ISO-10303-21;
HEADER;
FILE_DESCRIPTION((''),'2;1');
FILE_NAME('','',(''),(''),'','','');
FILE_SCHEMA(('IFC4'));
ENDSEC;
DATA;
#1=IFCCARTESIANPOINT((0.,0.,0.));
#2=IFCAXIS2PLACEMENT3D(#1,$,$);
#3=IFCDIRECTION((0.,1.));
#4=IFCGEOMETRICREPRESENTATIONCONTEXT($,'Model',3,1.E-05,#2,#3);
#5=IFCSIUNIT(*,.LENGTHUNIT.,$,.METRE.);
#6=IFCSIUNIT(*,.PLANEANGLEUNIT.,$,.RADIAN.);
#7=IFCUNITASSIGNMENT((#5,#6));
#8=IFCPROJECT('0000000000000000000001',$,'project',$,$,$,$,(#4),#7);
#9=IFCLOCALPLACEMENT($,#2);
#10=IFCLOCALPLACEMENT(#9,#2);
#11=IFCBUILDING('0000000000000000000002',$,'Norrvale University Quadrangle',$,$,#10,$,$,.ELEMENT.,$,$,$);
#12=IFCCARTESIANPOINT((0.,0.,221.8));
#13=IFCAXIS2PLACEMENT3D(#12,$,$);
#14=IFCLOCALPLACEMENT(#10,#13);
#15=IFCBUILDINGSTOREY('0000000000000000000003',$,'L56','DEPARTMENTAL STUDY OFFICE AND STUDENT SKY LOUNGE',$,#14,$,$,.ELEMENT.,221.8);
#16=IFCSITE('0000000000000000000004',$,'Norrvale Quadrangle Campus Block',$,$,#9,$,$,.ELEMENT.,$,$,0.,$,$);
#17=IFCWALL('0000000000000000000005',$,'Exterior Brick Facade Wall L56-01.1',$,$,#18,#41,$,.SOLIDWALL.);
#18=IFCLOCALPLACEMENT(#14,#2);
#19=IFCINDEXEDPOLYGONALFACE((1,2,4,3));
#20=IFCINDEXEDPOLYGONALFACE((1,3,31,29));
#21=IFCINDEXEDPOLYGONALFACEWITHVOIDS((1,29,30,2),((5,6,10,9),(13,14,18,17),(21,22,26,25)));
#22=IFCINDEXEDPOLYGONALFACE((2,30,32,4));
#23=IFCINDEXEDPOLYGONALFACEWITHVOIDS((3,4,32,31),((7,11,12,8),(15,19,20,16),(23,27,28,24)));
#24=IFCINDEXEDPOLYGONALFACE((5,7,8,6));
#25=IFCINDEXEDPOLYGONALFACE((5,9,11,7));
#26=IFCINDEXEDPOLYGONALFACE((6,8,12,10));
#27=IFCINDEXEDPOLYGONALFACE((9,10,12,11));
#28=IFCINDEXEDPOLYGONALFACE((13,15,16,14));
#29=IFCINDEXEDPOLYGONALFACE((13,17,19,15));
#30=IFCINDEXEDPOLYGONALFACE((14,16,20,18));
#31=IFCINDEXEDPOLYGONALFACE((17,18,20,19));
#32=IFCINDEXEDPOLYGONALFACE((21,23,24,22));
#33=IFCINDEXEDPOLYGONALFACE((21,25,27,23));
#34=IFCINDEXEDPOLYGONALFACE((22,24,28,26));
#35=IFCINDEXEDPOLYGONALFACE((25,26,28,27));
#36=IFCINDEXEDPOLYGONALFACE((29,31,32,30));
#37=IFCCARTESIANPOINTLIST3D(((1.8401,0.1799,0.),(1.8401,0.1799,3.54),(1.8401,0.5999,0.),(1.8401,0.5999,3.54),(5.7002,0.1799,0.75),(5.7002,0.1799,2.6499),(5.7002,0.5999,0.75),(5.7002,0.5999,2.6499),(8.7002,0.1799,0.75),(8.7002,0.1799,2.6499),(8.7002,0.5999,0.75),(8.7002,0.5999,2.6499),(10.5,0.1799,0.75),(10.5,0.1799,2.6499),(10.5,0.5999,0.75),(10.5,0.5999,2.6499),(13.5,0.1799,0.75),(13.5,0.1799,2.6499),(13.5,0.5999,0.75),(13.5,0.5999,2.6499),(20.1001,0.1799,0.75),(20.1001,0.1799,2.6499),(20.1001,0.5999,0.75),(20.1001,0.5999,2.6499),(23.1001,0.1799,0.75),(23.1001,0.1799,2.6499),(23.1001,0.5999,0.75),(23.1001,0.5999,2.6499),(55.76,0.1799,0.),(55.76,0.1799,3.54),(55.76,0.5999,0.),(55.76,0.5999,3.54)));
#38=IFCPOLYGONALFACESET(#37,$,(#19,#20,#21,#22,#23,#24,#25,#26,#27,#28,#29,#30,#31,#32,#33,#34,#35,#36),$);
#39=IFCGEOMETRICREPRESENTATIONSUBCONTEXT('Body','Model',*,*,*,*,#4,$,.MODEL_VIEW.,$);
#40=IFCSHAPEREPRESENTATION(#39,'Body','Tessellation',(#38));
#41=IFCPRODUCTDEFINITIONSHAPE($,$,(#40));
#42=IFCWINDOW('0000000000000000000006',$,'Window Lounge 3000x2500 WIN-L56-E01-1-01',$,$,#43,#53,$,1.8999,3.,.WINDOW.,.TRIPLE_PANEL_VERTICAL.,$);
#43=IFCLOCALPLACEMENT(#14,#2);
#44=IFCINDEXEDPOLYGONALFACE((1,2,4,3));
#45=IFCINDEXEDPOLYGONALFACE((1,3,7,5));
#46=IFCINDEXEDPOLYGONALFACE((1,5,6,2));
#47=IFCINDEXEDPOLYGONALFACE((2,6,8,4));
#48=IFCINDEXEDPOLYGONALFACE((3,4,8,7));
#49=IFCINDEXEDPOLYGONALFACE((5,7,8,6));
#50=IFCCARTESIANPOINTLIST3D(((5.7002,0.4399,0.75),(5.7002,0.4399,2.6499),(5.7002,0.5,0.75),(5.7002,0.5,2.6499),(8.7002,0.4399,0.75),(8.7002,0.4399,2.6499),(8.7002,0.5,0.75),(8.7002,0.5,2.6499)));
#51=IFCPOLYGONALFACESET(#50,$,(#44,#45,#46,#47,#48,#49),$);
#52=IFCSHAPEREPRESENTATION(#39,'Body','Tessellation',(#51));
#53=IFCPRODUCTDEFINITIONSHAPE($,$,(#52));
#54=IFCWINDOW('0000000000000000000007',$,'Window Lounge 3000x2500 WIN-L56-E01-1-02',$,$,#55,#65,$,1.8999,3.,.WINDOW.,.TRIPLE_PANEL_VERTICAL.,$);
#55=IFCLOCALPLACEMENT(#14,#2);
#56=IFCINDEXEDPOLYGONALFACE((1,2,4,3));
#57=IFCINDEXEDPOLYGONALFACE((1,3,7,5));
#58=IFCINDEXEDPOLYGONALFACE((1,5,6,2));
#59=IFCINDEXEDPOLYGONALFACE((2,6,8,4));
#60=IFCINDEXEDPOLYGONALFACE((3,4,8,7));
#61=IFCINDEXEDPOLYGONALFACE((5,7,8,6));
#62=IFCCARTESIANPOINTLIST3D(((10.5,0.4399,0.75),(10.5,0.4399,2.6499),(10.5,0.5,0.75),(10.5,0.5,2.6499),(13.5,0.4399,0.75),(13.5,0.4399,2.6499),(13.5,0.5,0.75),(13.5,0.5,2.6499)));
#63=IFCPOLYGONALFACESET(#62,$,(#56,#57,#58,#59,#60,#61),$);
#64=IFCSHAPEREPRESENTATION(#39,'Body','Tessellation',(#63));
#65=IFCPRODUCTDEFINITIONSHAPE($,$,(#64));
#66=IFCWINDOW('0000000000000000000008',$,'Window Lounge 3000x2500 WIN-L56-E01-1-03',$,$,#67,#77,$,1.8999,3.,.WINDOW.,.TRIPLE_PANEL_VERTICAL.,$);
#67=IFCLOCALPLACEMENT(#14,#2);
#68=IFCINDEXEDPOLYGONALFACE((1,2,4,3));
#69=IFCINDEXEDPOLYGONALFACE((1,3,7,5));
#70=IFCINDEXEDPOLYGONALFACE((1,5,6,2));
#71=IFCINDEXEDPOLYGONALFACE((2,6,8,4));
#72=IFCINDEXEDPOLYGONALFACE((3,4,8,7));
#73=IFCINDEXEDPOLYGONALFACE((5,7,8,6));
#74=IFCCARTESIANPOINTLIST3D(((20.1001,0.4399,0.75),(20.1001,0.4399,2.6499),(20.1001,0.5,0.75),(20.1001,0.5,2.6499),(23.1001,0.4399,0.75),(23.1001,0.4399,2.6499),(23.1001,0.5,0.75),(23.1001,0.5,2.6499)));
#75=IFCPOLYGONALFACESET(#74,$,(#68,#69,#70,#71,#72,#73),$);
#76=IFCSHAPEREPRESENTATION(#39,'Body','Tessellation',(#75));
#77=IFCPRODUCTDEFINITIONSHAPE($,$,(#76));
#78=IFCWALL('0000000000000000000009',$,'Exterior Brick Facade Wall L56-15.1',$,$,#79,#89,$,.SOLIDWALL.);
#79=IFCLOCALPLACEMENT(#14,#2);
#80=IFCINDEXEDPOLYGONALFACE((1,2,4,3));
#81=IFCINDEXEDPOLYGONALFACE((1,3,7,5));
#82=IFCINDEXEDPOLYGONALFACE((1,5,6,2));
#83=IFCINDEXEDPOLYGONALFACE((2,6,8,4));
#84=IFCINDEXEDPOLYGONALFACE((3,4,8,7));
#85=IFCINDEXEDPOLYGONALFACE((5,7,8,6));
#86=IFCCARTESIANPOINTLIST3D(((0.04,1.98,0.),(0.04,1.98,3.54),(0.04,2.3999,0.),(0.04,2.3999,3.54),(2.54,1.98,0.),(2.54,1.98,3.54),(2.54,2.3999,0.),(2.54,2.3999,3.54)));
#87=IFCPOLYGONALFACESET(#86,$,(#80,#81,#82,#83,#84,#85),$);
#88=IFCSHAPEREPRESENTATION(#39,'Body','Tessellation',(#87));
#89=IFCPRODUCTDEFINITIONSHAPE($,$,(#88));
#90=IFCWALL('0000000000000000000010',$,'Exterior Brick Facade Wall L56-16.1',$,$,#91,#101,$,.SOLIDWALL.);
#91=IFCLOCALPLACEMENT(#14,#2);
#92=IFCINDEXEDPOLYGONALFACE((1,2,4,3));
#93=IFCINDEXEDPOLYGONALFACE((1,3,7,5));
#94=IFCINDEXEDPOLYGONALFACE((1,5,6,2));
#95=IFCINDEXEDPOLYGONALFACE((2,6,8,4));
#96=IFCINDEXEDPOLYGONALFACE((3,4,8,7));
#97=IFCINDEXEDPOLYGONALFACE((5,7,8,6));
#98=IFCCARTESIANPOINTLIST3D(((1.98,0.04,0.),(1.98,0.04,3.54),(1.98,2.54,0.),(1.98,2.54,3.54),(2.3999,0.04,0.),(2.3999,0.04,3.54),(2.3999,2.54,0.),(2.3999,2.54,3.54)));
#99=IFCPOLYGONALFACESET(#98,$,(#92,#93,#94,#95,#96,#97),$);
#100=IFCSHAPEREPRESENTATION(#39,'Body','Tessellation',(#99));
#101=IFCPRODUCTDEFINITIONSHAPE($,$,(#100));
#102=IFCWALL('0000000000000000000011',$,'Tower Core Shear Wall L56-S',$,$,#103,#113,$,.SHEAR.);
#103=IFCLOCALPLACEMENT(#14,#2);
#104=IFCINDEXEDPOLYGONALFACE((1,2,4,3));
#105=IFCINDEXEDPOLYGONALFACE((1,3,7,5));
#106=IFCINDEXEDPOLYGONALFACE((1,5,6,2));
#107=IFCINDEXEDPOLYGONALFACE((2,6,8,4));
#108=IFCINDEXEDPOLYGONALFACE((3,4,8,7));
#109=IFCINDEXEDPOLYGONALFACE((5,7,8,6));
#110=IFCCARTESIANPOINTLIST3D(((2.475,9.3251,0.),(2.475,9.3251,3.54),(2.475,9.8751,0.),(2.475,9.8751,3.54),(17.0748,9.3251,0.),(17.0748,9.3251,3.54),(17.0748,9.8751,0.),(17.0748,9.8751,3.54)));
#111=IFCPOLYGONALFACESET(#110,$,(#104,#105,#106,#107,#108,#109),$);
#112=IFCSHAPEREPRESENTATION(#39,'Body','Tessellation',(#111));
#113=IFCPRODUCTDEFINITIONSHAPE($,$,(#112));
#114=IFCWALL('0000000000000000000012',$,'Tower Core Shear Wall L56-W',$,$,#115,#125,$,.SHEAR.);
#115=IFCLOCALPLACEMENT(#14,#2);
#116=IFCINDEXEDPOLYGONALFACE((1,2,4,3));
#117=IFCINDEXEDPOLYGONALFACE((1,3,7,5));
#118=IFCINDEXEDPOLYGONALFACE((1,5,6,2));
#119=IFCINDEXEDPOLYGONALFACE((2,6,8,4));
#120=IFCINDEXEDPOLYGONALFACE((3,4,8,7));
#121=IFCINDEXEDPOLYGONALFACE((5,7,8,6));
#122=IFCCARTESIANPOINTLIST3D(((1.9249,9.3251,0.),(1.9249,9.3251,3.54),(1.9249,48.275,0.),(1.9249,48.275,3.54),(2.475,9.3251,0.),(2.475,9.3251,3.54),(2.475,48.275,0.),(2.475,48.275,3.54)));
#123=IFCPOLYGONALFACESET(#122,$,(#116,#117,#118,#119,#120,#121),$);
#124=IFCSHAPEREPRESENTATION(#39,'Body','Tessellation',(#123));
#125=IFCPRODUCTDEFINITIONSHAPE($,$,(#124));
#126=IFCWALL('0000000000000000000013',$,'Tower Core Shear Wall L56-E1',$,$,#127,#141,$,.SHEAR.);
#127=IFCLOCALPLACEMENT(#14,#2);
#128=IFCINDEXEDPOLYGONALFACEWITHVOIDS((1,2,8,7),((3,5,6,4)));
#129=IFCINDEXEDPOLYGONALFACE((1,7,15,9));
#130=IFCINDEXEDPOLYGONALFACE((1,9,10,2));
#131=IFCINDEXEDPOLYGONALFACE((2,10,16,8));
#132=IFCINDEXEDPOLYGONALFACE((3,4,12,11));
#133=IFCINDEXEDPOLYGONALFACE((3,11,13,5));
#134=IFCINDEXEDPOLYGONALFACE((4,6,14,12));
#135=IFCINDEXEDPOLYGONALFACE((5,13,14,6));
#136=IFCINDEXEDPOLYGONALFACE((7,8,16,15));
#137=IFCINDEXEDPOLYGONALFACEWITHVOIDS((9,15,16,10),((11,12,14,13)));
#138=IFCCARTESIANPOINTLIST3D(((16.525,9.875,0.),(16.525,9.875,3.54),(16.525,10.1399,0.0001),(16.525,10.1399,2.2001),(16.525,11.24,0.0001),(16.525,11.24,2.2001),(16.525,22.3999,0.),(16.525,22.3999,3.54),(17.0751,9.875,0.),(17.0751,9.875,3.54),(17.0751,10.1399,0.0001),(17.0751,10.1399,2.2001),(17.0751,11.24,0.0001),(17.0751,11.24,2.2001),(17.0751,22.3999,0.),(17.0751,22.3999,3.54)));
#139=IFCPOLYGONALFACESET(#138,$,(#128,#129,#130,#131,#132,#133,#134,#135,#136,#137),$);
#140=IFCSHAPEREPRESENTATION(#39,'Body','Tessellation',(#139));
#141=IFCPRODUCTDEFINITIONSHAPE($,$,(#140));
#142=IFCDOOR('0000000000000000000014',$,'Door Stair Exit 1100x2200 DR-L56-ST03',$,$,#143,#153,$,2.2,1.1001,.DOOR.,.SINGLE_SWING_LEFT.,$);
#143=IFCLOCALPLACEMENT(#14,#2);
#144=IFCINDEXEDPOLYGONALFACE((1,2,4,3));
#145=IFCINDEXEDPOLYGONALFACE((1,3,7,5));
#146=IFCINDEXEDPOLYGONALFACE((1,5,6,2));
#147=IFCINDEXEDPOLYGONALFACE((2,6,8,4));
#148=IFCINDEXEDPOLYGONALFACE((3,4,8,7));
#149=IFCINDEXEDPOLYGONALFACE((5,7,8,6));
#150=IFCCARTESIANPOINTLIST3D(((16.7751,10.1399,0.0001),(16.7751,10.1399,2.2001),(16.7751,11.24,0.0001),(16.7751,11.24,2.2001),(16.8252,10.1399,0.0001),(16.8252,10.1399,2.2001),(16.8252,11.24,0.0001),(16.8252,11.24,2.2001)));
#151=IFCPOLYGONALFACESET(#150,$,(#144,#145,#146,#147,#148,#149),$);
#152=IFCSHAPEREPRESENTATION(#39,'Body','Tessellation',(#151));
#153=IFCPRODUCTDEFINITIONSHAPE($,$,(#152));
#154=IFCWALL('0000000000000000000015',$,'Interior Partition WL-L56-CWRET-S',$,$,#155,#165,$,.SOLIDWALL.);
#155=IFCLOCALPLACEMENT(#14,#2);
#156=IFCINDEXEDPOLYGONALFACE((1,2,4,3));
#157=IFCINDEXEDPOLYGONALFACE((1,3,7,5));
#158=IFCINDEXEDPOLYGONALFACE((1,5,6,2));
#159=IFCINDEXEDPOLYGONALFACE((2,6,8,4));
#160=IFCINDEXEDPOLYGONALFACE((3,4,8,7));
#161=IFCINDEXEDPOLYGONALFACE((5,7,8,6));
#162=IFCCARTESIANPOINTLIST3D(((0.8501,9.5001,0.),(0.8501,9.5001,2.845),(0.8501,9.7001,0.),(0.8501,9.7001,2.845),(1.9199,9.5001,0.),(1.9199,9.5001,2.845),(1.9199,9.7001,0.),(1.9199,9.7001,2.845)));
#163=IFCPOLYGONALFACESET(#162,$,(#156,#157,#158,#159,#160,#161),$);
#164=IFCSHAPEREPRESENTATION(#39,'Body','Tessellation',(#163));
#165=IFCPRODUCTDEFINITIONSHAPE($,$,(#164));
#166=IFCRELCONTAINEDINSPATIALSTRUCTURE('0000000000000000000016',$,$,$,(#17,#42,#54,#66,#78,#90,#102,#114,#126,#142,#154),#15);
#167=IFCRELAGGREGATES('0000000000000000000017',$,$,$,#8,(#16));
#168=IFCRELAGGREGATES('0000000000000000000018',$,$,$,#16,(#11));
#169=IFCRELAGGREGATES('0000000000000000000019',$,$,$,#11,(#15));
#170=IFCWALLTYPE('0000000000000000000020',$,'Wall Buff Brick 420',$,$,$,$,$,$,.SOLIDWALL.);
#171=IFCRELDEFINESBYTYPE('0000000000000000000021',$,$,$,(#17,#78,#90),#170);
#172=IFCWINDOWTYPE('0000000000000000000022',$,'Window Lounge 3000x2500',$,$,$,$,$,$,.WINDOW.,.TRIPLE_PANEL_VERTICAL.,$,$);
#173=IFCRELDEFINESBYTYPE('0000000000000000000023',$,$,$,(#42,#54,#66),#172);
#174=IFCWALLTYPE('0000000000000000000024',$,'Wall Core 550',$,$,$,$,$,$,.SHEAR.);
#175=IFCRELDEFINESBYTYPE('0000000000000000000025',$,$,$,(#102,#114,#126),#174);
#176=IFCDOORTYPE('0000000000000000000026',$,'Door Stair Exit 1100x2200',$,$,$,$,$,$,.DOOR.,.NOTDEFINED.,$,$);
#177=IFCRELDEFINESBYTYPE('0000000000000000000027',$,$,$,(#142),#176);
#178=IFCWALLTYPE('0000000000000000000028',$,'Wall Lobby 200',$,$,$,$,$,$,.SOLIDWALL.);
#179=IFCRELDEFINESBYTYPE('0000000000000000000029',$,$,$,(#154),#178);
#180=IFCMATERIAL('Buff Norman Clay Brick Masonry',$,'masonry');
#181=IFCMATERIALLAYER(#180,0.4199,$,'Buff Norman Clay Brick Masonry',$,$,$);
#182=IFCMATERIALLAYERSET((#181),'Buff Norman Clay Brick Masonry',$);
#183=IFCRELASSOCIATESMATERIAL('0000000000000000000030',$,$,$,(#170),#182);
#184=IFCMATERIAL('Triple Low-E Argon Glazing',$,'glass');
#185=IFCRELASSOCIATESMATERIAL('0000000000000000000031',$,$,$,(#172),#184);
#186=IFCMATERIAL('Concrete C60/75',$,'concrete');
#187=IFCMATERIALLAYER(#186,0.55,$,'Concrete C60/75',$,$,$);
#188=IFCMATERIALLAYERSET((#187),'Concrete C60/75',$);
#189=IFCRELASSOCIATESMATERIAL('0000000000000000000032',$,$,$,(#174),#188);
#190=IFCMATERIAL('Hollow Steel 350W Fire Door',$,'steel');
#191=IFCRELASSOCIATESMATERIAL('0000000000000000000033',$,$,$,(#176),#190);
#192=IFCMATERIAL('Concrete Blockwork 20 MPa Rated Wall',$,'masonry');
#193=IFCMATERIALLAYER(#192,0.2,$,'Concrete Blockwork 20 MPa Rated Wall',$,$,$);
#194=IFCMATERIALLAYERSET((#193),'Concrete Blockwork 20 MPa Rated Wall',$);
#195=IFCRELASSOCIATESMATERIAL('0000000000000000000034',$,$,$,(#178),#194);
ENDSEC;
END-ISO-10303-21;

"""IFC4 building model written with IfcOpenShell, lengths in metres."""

from ifc_helpers import new_model, si_unit, direction, frame, frame_2d, origin, place, context, subcontext, project, spatial, rectangle, extrude, material, layer, layer_set, type_object, element, fill, save


model = new_model("IFC4")

# Units and contexts
model_context = context("Model", 3, precision=1e-05, world=origin(), true_north=direction((0.0, 1.0)))
body_context = subcontext(model_context, "Body", "Model", "MODEL_VIEW")
ifc_project = project(units=[si_unit("LENGTHUNIT", "METRE"), si_unit("PLANEANGLEUNIT", "RADIAN")], contexts=[model_context])

# Site, building, storey
site_placement = place(None, origin())
site = spatial("IfcSite", under=ifc_project, at=site_placement, Name="Norrvale Quadrangle Campus Block", CompositionType="ELEMENT", RefElevation=0.0)
building_placement = place(site_placement, origin())
building = spatial("IfcBuilding", under=site, at=building_placement, Name="Norrvale University Quadrangle", CompositionType="ELEMENT")
storey_placement = place(building_placement, frame((0.0, 0.0, 221.8)))
storey = spatial("IfcBuildingStorey", under=building, at=storey_placement, Name="L56", Description="DEPARTMENTAL STUDY OFFICE AND STUDENT SKY LOUNGE", CompositionType="ELEMENT", Elevation=221.8)

# Shared definitions
ifc_material_1 = material(Name="Concrete C60/75", Category="concrete")

# Wall, openings, windows
ifc_material_2 = material(Name="Buff Norman Clay Brick Masonry", Category="masonry")
ifc_layer_1 = layer(ifc_material_2, 0.4199, Name="Buff Norman Clay Brick Masonry")
ifc_layer_set_1 = layer_set([ifc_layer_1], Name="Buff Norman Clay Brick Masonry")
wall_type_1 = type_object("IfcWallType", Name="Wall Buff Brick 420", PredefinedType="SOLIDWALL", material=ifc_layer_set_1)
wall_1_placement = place(storey_placement, frame((1.8401, 0.3899, 0.0), z_axis=(0.0, 0.0, 1.0), x_axis=(1.0, 0.0, 0.0)))
wall_1 = element("IfcWall", 1, at=wall_1_placement, inside=storey, type_object=wall_type_1, Name="Exterior Brick Facade Wall L56-01.1", PredefinedType="SOLIDWALL", context=body_context, shape_type="SweptSolid", body=[
    extrude(rectangle(XDim=53.9199, YDim=0.4199, at=frame_2d((26.96, 0.0))), origin(), (0.0, 0.0, 1.0), 3.54),
])
opening_1_placement = place(wall_1_placement, frame((3.8601, 0.0, 0.75)))
opening_1 = element("IfcOpeningElement", 2, at=opening_1_placement, cuts=wall_1, PredefinedType="OPENING", context=body_context, shape_type="SweptSolid", body=[
    extrude(rectangle(XDim=3.0, YDim=1.8999, at=frame_2d((1.5, 0.95))), frame((0.0, 0.2219, 0.0), z_axis=(0.0, -1.0, 0.0), x_axis=(1.0, 0.0, 0.0)), (0.0, 0.0, 1.0), 0.4438),
])
opening_2_placement = place(wall_1_placement, frame((8.6599, 0.0, 0.75)))
opening_2 = element("IfcOpeningElement", 3, at=opening_2_placement, cuts=wall_1, PredefinedType="OPENING", context=body_context, shape_type="SweptSolid", body=[
    extrude(rectangle(XDim=3.0, YDim=1.8999, at=frame_2d((1.5, 0.95))), frame((0.0, 0.2219, 0.0), z_axis=(0.0, -1.0, 0.0), x_axis=(1.0, 0.0, 0.0)), (0.0, 0.0, 1.0), 0.4438),
])
opening_3_placement = place(wall_1_placement, frame((18.26, 0.0, 0.75)))
opening_3 = element("IfcOpeningElement", 4, at=opening_3_placement, cuts=wall_1, PredefinedType="OPENING", context=body_context, shape_type="SweptSolid", body=[
    extrude(rectangle(XDim=3.0, YDim=1.8999, at=frame_2d((1.5, 0.95))), frame((0.0, 0.2219, 0.0), z_axis=(0.0, -1.0, 0.0), x_axis=(1.0, 0.0, 0.0)), (0.0, 0.0, 1.0), 0.4438),
])
ifc_material_3 = material(Name="Triple Low-E Argon Glazing", Category="glass")
window_type = type_object("IfcWindowType", Name="Window Lounge 3000x2500", PartitioningType="TRIPLE_PANEL_VERTICAL", PredefinedType="WINDOW", material=ifc_material_3)
window_1_placement = place(opening_1_placement, origin())
window_1 = element("IfcWindow", 5, at=window_1_placement, inside=storey, type_object=window_type, Name="Window Lounge 3000x2500 WIN-L56-E01-1-01", OverallHeight=1.8999, OverallWidth=3.0, PartitioningType="TRIPLE_PANEL_VERTICAL", PredefinedType="WINDOW", context=body_context, shape_type="SweptSolid", body=[
    extrude(rectangle(XDim=3.0, YDim=1.8999, at=frame_2d((1.5, 0.95))), frame((0.0, 0.1101, 0.0), z_axis=(0.0, -1.0, 0.0), x_axis=(1.0, 0.0, 0.0)), (0.0, 0.0, 1.0), 0.0601),
])
fill(opening_1, window_1)
window_2_placement = place(opening_2_placement, origin())
window_2 = element("IfcWindow", 6, at=window_2_placement, inside=storey, type_object=window_type, Name="Window Lounge 3000x2500 WIN-L56-E01-1-02", OverallHeight=1.8999, OverallWidth=3.0, PartitioningType="TRIPLE_PANEL_VERTICAL", PredefinedType="WINDOW", context=body_context, shape_type="SweptSolid", body=[
    extrude(rectangle(XDim=3.0, YDim=1.8999, at=frame_2d((1.5, 0.95))), frame((0.0, 0.1101, 0.0), z_axis=(0.0, -1.0, 0.0), x_axis=(1.0, 0.0, 0.0)), (0.0, 0.0, 1.0), 0.0601),
])
fill(opening_2, window_2)
window_3_placement = place(opening_3_placement, origin())
window_3 = element("IfcWindow", 7, at=window_3_placement, inside=storey, type_object=window_type, Name="Window Lounge 3000x2500 WIN-L56-E01-1-03", OverallHeight=1.8999, OverallWidth=3.0, PartitioningType="TRIPLE_PANEL_VERTICAL", PredefinedType="WINDOW", context=body_context, shape_type="SweptSolid", body=[
    extrude(rectangle(XDim=3.0, YDim=1.8999, at=frame_2d((1.5, 0.95))), frame((0.0, 0.1101, 0.0), z_axis=(0.0, -1.0, 0.0), x_axis=(1.0, 0.0, 0.0)), (0.0, 0.0, 1.0), 0.0601),
])
fill(opening_3, window_3)

# Walls
for number, where, z_axis, x_axis, name in (
    (8, (0.04, 2.1899, 0.0), (0.0, 0.0, 1.0), (1.0, 0.0, 0.0), "Exterior Brick Facade Wall L56-15.1"),
    (9, (2.1899, 2.54, 0.0), (0.0, 0.0, 1.0), (0.0, -1.0, 0.0), "Exterior Brick Facade Wall L56-16.1"),
):
    element("IfcWall", number, at=place(storey_placement, frame(where, z_axis=z_axis, x_axis=x_axis)), inside=storey, type_object=wall_type_1, Name=name, PredefinedType="SOLIDWALL", context=body_context, shape_type="SweptSolid", body=[
        extrude(rectangle(XDim=2.5, YDim=0.4199, at=frame_2d((1.25, 0.0))), origin(), (0.0, 0.0, 1.0), 3.54),
    ])
ifc_layer_2 = layer(ifc_material_1, 0.55, Name="Concrete C60/75")
ifc_layer_set_2 = layer_set([ifc_layer_2], Name="Concrete C60/75")
wall_type_2 = type_object("IfcWallType", Name="Wall Core 550", PredefinedType="SHEAR", material=ifc_layer_set_2)
wall_2_placement = place(storey_placement, frame((2.4751, 9.6001, 0.0), z_axis=(0.0, 0.0, 1.0), x_axis=(1.0, 0.0, 0.0)))
element("IfcWall", 10, at=wall_2_placement, inside=storey, type_object=wall_type_2, Name="Tower Core Shear Wall L56-S", PredefinedType="SHEAR", context=body_context, shape_type="SweptSolid", body=[
    extrude(rectangle(XDim=14.5999, YDim=0.55, at=frame_2d((7.2998, 0.0))), origin(), (0.0, 0.0, 1.0), 3.54),
])
wall_3_placement = place(storey_placement, frame((2.2, 9.325, 0.0), z_axis=(0.0, 0.0, 1.0), x_axis=(0.0, 1.0, 0.0)))
element("IfcWall", 11, at=wall_3_placement, inside=storey, type_object=wall_type_2, Name="Tower Core Shear Wall L56-W", PredefinedType="SHEAR", context=body_context, shape_type="SweptSolid", body=[
    extrude(rectangle(XDim=38.95, YDim=0.55, at=frame_2d((19.4751, 0.0))), origin(), (0.0, 0.0, 1.0), 3.54),
])

# Wall, opening, door
wall_4_placement = place(storey_placement, frame((16.8, 9.875, 0.0), z_axis=(0.0, 0.0, 1.0), x_axis=(0.0, 1.0, 0.0)))
wall_4 = element("IfcWall", 12, at=wall_4_placement, inside=storey, type_object=wall_type_2, Name="Tower Core Shear Wall L56-E1", PredefinedType="SHEAR", context=body_context, shape_type="SweptSolid", body=[
    extrude(rectangle(XDim=12.5249, YDim=0.55, at=frame_2d((6.2625, 0.0))), origin(), (0.0, 0.0, 1.0), 3.54),
])
opening_4_placement = place(wall_4_placement, frame((0.2649, 0.0, 0.0)))
opening_4 = element("IfcOpeningElement", 13, at=opening_4_placement, cuts=wall_4, PredefinedType="OPENING", context=body_context, shape_type="SweptSolid", body=[
    extrude(rectangle(XDim=1.1001, YDim=2.2, at=frame_2d((0.55, 1.1001))), frame((0.0, 0.2871, 0.0), z_axis=(0.0, -1.0, 0.0), x_axis=(1.0, 0.0, 0.0)), (0.0, 0.0, 1.0), 0.574),
])
ifc_material_4 = material(Name="Hollow Steel 350W Fire Door", Category="steel")
door_type = type_object("IfcDoorType", Name="Door Stair Exit 1100x2200", OperationType="NOTDEFINED", PredefinedType="DOOR", material=ifc_material_4)
door_placement = place(opening_4_placement, origin())
door = element("IfcDoor", 14, at=door_placement, inside=storey, type_object=door_type, Name="Door Stair Exit 1100x2200 DR-L56-ST03", OperationType="SINGLE_SWING_LEFT", OverallHeight=2.2, OverallWidth=1.1001, PredefinedType="DOOR", context=body_context, shape_type="SweptSolid", body=[
    extrude(rectangle(XDim=1.1001, YDim=2.2, at=frame_2d((0.55, 1.1001))), frame((0.0, 0.0249, 0.0), z_axis=(0.0, -1.0, 0.0), x_axis=(1.0, 0.0, 0.0)), (0.0, 0.0, 1.0), 0.05),
])
fill(opening_4, door)

# Wall
ifc_material_5 = material(Name="Concrete Blockwork 20 MPa Rated Wall", Category="masonry")
ifc_layer_3 = layer(ifc_material_5, 0.2, Name="Concrete Blockwork 20 MPa Rated Wall")
ifc_layer_set_3 = layer_set([ifc_layer_3], Name="Concrete Blockwork 20 MPa Rated Wall")
wall_type_3 = type_object("IfcWallType", Name="Wall Lobby 200", PredefinedType="SOLIDWALL", material=ifc_layer_set_3)
wall_5_placement = place(storey_placement, frame((0.8501, 9.6001, 0.0), z_axis=(0.0, 0.0, 1.0), x_axis=(1.0, 0.0, 0.0)))
element("IfcWall", 15, at=wall_5_placement, inside=storey, type_object=wall_type_3, Name="Interior Partition WL-L56-CWRET-S", PredefinedType="SOLIDWALL", context=body_context, shape_type="SweptSolid", body=[
    extrude(rectangle(XDim=1.0698, YDim=0.2, at=frame_2d((0.5349, 0.0))), origin(), (0.0, 0.0, 1.0), 2.845),
])

save(model, "model.ifc")
